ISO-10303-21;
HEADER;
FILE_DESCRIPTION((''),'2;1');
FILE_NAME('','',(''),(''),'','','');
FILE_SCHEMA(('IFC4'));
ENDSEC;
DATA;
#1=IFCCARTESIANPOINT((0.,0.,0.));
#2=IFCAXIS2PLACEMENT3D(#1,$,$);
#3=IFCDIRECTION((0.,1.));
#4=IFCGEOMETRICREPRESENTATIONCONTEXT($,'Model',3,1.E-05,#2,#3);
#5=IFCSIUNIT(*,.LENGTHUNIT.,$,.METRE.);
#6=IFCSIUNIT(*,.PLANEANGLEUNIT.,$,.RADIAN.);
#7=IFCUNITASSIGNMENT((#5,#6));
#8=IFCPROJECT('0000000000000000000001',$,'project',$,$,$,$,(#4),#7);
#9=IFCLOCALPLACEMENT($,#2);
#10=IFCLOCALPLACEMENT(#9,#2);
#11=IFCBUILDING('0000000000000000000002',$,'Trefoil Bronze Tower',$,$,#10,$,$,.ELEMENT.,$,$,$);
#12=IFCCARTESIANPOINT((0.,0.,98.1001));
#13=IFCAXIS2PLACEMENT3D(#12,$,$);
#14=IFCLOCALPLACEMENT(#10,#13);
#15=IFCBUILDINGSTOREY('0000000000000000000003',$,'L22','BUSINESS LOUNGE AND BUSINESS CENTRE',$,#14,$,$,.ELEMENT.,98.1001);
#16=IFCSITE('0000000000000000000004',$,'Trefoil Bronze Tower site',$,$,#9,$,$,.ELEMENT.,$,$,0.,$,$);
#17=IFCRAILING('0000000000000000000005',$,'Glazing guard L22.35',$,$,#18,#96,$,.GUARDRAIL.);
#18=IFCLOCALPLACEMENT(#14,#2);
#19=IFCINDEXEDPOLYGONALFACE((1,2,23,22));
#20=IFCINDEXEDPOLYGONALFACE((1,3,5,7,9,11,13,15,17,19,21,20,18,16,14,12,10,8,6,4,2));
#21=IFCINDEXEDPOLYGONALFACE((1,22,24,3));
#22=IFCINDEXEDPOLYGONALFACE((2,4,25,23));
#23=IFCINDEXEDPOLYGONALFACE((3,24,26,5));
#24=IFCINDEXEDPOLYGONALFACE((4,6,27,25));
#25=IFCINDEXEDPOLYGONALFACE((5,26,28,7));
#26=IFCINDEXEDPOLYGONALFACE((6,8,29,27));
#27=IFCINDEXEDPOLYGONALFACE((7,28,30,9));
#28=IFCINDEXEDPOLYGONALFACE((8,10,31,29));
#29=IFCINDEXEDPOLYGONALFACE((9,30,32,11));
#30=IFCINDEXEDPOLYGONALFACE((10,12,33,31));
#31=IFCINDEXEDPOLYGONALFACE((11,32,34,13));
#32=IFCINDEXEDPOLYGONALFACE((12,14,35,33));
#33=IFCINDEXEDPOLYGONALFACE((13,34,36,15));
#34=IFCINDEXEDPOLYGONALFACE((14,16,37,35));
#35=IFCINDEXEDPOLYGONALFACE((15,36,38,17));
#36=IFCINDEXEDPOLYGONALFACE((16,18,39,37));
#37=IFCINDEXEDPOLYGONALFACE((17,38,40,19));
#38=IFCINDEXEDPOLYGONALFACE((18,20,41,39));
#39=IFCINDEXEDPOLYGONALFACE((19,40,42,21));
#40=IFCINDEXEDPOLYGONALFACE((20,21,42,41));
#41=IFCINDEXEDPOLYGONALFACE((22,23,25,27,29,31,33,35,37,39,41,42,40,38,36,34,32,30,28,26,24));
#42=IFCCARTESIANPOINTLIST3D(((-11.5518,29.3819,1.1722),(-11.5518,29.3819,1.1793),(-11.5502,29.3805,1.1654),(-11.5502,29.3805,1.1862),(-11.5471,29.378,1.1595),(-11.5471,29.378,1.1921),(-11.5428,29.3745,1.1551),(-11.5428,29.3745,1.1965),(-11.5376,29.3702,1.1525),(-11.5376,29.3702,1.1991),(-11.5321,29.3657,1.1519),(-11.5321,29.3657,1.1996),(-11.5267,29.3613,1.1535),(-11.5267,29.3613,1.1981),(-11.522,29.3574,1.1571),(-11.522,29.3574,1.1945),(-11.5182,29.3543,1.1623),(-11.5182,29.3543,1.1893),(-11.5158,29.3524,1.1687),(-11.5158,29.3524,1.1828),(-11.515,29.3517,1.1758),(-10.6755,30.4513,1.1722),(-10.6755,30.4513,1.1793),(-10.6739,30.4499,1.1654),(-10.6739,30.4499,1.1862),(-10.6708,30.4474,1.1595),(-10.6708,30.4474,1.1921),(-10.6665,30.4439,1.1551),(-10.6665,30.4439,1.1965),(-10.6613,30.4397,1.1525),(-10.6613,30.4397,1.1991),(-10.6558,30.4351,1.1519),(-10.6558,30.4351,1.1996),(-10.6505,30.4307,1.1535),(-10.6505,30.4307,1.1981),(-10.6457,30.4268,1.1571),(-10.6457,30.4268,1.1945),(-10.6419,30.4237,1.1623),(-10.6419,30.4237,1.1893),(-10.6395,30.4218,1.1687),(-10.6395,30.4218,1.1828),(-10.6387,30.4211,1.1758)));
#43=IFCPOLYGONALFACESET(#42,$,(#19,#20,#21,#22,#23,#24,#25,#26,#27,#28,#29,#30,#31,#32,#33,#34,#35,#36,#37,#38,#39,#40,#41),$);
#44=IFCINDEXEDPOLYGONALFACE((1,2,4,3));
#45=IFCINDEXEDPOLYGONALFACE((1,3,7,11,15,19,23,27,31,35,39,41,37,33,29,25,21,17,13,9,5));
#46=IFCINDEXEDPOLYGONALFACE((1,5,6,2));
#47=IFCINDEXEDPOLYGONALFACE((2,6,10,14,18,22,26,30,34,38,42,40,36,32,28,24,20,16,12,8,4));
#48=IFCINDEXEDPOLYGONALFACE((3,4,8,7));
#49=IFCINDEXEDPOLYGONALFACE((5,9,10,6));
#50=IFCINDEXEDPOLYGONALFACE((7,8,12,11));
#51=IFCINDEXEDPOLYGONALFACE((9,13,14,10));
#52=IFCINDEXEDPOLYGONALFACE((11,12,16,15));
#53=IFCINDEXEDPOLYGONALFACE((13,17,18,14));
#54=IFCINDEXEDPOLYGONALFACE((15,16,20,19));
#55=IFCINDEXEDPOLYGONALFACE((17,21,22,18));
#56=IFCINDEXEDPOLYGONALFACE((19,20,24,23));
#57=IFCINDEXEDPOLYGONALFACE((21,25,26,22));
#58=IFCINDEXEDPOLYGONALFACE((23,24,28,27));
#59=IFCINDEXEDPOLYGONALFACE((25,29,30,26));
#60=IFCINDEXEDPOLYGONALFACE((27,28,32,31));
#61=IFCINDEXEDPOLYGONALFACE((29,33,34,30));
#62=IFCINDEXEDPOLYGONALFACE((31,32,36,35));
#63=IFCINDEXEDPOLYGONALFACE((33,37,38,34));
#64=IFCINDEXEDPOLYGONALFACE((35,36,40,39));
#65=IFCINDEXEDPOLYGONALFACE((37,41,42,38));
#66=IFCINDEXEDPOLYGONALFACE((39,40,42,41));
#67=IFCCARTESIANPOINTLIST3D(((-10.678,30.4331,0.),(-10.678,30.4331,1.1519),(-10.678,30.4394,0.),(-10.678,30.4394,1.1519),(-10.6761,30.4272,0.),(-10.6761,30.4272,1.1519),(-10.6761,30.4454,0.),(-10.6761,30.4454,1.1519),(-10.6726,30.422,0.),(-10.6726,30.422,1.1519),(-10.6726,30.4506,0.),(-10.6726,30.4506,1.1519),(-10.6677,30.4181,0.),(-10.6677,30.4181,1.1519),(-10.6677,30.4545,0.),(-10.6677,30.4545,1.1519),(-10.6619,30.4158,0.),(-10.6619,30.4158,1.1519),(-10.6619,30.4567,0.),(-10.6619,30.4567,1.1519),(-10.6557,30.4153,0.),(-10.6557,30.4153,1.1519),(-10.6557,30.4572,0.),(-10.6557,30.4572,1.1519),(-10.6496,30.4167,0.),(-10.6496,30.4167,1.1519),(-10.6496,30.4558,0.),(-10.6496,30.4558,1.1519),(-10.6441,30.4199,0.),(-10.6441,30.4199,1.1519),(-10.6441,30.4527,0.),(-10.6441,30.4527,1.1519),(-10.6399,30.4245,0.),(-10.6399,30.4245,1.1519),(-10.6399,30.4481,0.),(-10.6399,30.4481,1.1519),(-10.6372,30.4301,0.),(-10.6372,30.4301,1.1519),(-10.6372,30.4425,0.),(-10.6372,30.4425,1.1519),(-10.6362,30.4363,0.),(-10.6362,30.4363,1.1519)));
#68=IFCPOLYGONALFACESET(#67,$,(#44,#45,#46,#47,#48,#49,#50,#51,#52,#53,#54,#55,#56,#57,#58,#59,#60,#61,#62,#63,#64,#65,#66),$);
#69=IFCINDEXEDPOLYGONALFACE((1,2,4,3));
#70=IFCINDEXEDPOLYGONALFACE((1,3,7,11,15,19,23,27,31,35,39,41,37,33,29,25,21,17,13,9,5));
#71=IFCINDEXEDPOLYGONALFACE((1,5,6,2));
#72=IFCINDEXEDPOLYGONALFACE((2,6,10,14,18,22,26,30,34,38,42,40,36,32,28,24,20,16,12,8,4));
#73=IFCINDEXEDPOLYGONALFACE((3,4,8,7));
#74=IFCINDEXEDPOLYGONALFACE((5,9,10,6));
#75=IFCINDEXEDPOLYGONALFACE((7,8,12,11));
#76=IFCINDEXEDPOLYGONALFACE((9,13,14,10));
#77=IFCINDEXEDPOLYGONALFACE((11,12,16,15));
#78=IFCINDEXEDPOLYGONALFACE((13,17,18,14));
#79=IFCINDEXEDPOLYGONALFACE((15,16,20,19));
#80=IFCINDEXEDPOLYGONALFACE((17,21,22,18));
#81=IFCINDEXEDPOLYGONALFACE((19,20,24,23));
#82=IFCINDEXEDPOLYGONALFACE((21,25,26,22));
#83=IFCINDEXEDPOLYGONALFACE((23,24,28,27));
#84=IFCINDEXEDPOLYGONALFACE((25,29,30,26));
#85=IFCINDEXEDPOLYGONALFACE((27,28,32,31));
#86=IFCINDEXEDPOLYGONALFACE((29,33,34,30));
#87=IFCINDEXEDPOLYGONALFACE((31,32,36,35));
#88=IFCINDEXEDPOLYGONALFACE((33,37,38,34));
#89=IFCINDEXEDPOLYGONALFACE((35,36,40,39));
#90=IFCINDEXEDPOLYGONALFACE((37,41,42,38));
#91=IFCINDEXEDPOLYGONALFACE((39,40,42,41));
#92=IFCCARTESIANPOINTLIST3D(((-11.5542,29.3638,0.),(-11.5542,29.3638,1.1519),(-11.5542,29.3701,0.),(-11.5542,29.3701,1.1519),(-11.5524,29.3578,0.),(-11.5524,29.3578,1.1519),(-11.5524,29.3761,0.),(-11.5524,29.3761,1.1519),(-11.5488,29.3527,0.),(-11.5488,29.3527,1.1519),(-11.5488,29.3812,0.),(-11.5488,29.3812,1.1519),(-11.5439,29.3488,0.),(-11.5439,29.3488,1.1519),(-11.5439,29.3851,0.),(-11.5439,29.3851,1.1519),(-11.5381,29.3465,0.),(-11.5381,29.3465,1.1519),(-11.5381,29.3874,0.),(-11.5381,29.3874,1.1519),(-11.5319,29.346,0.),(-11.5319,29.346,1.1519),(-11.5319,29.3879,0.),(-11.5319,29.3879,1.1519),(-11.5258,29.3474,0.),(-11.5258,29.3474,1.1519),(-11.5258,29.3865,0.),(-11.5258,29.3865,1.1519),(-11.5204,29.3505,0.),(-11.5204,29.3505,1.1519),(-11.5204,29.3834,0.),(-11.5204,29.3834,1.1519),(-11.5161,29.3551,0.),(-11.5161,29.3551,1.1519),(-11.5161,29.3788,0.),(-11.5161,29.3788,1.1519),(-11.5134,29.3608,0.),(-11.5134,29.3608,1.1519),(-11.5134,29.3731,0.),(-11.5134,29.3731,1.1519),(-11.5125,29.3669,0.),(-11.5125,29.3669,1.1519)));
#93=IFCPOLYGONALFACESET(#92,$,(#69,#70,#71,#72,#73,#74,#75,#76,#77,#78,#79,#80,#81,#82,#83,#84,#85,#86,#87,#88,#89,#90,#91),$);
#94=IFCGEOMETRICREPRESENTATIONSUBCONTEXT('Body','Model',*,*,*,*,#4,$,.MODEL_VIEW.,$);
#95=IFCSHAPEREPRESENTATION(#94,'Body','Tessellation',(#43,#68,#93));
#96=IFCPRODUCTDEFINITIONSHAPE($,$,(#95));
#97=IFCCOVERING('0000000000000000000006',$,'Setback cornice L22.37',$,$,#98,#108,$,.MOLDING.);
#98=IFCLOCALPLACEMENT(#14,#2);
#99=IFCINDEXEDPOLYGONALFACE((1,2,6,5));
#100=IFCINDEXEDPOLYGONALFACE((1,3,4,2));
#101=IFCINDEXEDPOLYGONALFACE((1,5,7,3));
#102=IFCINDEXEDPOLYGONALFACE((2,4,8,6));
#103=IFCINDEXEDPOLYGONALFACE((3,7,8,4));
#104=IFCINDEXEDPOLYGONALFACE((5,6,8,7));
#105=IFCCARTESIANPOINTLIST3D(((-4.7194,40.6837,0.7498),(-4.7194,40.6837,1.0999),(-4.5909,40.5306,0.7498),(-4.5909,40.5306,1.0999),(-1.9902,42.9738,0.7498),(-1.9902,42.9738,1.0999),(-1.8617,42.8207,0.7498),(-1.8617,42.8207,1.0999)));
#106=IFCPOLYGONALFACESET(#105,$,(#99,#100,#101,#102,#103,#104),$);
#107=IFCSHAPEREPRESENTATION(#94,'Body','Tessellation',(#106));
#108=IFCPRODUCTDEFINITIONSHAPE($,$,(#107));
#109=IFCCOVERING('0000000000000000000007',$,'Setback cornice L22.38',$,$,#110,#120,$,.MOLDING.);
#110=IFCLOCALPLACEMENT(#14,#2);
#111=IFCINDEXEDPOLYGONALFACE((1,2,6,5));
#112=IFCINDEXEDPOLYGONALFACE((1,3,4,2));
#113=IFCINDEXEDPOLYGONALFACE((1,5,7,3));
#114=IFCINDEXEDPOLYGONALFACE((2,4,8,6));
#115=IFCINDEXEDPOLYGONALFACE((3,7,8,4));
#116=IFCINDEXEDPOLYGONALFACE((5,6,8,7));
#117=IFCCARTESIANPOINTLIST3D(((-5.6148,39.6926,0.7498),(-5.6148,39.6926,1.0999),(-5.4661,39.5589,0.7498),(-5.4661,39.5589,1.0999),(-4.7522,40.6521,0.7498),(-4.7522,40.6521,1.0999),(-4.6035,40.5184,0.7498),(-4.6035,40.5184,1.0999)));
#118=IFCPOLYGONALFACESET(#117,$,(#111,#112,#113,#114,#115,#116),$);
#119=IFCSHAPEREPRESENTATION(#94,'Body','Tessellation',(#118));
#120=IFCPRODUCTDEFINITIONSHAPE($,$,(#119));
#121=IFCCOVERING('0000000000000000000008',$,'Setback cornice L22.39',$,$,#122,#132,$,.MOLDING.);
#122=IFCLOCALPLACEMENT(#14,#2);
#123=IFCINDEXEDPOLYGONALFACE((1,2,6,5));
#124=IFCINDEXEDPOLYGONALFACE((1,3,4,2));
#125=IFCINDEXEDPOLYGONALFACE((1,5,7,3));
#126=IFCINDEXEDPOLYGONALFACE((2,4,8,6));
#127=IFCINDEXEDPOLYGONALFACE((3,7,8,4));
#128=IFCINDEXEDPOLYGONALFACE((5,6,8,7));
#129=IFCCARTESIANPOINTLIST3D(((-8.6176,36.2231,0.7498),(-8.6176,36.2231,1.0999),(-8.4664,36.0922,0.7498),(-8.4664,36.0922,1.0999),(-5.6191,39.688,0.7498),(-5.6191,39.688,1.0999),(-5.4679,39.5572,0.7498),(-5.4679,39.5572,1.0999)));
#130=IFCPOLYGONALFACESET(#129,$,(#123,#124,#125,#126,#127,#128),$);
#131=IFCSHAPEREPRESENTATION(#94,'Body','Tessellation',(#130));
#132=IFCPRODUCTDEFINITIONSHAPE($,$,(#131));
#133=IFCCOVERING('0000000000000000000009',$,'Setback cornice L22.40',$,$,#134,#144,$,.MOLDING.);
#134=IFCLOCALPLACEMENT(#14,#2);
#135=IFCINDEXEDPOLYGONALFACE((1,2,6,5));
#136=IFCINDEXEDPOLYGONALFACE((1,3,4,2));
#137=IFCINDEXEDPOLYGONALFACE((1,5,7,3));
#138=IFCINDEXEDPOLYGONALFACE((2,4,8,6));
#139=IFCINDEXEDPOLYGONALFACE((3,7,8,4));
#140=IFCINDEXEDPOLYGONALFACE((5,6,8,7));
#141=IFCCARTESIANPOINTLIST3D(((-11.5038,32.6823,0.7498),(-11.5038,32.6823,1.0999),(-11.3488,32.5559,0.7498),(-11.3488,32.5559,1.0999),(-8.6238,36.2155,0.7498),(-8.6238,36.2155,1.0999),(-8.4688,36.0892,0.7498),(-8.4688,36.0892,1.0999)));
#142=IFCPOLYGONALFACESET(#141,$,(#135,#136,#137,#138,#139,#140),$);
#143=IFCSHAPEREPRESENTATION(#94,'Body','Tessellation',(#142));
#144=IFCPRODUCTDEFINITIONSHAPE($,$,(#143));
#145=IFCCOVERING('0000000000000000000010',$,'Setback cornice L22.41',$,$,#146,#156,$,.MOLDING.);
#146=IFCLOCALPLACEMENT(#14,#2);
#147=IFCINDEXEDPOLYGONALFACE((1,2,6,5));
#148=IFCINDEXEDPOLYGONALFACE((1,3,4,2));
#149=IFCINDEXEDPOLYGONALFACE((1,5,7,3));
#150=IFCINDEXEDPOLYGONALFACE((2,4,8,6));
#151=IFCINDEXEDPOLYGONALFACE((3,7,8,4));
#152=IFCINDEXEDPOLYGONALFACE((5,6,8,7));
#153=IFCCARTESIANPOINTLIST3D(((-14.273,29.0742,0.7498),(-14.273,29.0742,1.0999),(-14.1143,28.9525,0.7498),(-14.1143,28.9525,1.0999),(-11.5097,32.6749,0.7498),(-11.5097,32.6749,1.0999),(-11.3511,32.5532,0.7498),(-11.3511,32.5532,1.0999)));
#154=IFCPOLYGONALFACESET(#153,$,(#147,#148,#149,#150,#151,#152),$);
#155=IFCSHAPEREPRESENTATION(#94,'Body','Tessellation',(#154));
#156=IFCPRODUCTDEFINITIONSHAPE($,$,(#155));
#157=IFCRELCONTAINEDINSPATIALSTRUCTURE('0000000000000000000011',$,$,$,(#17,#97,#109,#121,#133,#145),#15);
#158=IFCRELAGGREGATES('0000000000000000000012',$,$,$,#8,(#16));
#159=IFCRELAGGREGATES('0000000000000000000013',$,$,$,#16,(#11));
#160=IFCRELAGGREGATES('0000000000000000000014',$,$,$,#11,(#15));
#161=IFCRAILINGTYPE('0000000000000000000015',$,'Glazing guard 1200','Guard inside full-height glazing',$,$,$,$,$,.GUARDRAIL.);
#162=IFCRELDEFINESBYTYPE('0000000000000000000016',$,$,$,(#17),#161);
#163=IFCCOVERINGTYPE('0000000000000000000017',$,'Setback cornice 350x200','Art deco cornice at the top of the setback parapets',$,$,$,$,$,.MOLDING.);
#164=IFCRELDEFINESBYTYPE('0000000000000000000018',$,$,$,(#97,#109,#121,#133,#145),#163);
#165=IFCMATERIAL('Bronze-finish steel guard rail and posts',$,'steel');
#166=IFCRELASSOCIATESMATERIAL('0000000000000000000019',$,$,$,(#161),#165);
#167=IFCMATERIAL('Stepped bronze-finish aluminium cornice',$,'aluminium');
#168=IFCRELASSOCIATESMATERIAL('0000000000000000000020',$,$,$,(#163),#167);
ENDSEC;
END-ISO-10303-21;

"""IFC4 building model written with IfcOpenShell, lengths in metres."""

from ifc_helpers import new_model, si_unit, direction, frame, origin, origin_2d, place, context, subcontext, project, spatial, rectangle, circle, extrude, material, type_object, element, save


model = new_model("IFC4")

# Units and contexts
model_context = context("Model", 3, precision=1e-05, world=origin(), true_north=direction((0.0, 1.0)))
body_context = subcontext(model_context, "Body", "Model", "MODEL_VIEW")
ifc_project = project(units=[si_unit("LENGTHUNIT", "METRE"), si_unit("PLANEANGLEUNIT", "RADIAN")], contexts=[model_context])

# Site, building, storey
site_placement = place(None, origin())
site = spatial("IfcSite", under=ifc_project, at=site_placement, Name="Trefoil Bronze Tower site", CompositionType="ELEMENT", RefElevation=0.0)
building_placement = place(site_placement, origin())
building = spatial("IfcBuilding", under=site, at=building_placement, Name="Trefoil Bronze Tower", CompositionType="ELEMENT")
storey_placement = place(building_placement, frame((0.0, 0.0, 98.1001)))
storey = spatial("IfcBuildingStorey", under=building, at=storey_placement, Name="L22", Description="BUSINESS LOUNGE AND BUSINESS CENTRE", CompositionType="ELEMENT", Elevation=98.1001)

# Railing
ifc_material_1 = material(Name="Bronze-finish steel guard rail and posts", Category="steel")
railing_type = type_object("IfcRailingType", Name="Glazing guard 1200", Description="Guard inside full-height glazing", PredefinedType="GUARDRAIL", material=ifc_material_1)
railing_1_placement = place(storey_placement, frame((-10.6572, 30.4363, 0.0)))
element("IfcRailing", 1, at=railing_1_placement, inside=storey, type_object=railing_type, Name="Glazing guard L22.35", PredefinedType="GUARDRAIL", context=body_context, shape_type="SweptSolid", body=[
    extrude(circle(Radius=0.0239, at=origin_2d()), frame((0.0, 0.0, 1.1758), z_axis=(-0.633805, -0.773493, 0.0), x_axis=(0.773493, -0.633805, 0.0)), (0.0, 0.0, 1.0), 1.3826),
    extrude(circle(Radius=0.021, at=origin_2d()), origin(), (0.0, 0.0, 1.0), 1.1519),
    extrude(circle(Radius=0.021, at=origin_2d()), frame((-0.8762, -1.0693, 0.0)), (0.0, 0.0, 1.0), 1.1519),
])

# Coverings
ifc_material_2 = material(Name="Stepped bronze-finish aluminium cornice", Category="aluminium")
covering_type = type_object("IfcCoveringType", Name="Setback cornice 350x200", Description="Art deco cornice at the top of the setback parapets", PredefinedType="MOLDING", material=ifc_material_2)
covering_1_placement = place(storey_placement, frame((-3.2905, 41.7522, 0.7498), z_axis=(0.0, 0.0, 1.0), x_axis=(-0.766044, -0.642788, 0.0)))
element("IfcCovering", 2, at=covering_1_placement, inside=storey, type_object=covering_type, Name="Setback cornice L22.37", PredefinedType="MOLDING", context=body_context, shape_type="SweptSolid", body=[
    extrude(rectangle(XDim=3.5627, YDim=0.2, at=origin_2d()), origin(), (0.0, 0.0, 1.0), 0.3501),
])
covering_2_placement = place(storey_placement, frame((-5.1091, 40.1055, 0.7498), z_axis=(0.0, 0.0, 1.0), x_axis=(-0.668575, -0.743645, 0.0)))
element("IfcCovering", 3, at=covering_2_placement, inside=storey, type_object=covering_type, Name="Setback cornice L22.38", PredefinedType="MOLDING", context=body_context, shape_type="SweptSolid", body=[
    extrude(rectangle(XDim=1.2903, YDim=0.2, at=origin_2d()), origin(), (0.0, 0.0, 1.0), 0.3501),
])
covering_3_placement = place(storey_placement, frame((-7.0427, 37.8901, 0.7498), z_axis=(0.0, 0.0, 1.0), x_axis=(-0.654376, -0.756169, 0.0)))
element("IfcCovering", 4, at=covering_3_placement, inside=storey, type_object=covering_type, Name="Setback cornice L22.39", PredefinedType="MOLDING", context=body_context, shape_type="SweptSolid", body=[
    extrude(rectangle(XDim=4.5823, YDim=0.2, at=origin_2d()), origin(), (0.0, 0.0, 1.0), 0.3501),
])
covering_4_placement = place(storey_placement, frame((-9.9863, 34.3857, 0.7498), z_axis=(0.0, 0.0, 1.0), x_axis=(-0.631811, -0.775123, 0.0)))
element("IfcCovering", 5, at=covering_4_placement, inside=storey, type_object=covering_type, Name="Setback cornice L22.40", PredefinedType="MOLDING", context=body_context, shape_type="SweptSolid", body=[
    extrude(rectangle(XDim=4.5583, YDim=0.2, at=origin_2d()), origin(), (0.0, 0.0, 1.0), 0.3501),
])
covering_5_placement = place(storey_placement, frame((-12.812, 30.8137, 0.7498), z_axis=(0.0, 0.0, 1.0), x_axis=(-0.608808, -0.793318, 0.0)))
element("IfcCovering", 6, at=covering_5_placement, inside=storey, type_object=covering_type, Name="Setback cornice L22.41", PredefinedType="MOLDING", context=body_context, shape_type="SweptSolid", body=[
    extrude(rectangle(XDim=4.5388, YDim=0.2, at=origin_2d()), origin(), (0.0, 0.0, 1.0), 0.3501),
])

save(model, "model.ifc")
